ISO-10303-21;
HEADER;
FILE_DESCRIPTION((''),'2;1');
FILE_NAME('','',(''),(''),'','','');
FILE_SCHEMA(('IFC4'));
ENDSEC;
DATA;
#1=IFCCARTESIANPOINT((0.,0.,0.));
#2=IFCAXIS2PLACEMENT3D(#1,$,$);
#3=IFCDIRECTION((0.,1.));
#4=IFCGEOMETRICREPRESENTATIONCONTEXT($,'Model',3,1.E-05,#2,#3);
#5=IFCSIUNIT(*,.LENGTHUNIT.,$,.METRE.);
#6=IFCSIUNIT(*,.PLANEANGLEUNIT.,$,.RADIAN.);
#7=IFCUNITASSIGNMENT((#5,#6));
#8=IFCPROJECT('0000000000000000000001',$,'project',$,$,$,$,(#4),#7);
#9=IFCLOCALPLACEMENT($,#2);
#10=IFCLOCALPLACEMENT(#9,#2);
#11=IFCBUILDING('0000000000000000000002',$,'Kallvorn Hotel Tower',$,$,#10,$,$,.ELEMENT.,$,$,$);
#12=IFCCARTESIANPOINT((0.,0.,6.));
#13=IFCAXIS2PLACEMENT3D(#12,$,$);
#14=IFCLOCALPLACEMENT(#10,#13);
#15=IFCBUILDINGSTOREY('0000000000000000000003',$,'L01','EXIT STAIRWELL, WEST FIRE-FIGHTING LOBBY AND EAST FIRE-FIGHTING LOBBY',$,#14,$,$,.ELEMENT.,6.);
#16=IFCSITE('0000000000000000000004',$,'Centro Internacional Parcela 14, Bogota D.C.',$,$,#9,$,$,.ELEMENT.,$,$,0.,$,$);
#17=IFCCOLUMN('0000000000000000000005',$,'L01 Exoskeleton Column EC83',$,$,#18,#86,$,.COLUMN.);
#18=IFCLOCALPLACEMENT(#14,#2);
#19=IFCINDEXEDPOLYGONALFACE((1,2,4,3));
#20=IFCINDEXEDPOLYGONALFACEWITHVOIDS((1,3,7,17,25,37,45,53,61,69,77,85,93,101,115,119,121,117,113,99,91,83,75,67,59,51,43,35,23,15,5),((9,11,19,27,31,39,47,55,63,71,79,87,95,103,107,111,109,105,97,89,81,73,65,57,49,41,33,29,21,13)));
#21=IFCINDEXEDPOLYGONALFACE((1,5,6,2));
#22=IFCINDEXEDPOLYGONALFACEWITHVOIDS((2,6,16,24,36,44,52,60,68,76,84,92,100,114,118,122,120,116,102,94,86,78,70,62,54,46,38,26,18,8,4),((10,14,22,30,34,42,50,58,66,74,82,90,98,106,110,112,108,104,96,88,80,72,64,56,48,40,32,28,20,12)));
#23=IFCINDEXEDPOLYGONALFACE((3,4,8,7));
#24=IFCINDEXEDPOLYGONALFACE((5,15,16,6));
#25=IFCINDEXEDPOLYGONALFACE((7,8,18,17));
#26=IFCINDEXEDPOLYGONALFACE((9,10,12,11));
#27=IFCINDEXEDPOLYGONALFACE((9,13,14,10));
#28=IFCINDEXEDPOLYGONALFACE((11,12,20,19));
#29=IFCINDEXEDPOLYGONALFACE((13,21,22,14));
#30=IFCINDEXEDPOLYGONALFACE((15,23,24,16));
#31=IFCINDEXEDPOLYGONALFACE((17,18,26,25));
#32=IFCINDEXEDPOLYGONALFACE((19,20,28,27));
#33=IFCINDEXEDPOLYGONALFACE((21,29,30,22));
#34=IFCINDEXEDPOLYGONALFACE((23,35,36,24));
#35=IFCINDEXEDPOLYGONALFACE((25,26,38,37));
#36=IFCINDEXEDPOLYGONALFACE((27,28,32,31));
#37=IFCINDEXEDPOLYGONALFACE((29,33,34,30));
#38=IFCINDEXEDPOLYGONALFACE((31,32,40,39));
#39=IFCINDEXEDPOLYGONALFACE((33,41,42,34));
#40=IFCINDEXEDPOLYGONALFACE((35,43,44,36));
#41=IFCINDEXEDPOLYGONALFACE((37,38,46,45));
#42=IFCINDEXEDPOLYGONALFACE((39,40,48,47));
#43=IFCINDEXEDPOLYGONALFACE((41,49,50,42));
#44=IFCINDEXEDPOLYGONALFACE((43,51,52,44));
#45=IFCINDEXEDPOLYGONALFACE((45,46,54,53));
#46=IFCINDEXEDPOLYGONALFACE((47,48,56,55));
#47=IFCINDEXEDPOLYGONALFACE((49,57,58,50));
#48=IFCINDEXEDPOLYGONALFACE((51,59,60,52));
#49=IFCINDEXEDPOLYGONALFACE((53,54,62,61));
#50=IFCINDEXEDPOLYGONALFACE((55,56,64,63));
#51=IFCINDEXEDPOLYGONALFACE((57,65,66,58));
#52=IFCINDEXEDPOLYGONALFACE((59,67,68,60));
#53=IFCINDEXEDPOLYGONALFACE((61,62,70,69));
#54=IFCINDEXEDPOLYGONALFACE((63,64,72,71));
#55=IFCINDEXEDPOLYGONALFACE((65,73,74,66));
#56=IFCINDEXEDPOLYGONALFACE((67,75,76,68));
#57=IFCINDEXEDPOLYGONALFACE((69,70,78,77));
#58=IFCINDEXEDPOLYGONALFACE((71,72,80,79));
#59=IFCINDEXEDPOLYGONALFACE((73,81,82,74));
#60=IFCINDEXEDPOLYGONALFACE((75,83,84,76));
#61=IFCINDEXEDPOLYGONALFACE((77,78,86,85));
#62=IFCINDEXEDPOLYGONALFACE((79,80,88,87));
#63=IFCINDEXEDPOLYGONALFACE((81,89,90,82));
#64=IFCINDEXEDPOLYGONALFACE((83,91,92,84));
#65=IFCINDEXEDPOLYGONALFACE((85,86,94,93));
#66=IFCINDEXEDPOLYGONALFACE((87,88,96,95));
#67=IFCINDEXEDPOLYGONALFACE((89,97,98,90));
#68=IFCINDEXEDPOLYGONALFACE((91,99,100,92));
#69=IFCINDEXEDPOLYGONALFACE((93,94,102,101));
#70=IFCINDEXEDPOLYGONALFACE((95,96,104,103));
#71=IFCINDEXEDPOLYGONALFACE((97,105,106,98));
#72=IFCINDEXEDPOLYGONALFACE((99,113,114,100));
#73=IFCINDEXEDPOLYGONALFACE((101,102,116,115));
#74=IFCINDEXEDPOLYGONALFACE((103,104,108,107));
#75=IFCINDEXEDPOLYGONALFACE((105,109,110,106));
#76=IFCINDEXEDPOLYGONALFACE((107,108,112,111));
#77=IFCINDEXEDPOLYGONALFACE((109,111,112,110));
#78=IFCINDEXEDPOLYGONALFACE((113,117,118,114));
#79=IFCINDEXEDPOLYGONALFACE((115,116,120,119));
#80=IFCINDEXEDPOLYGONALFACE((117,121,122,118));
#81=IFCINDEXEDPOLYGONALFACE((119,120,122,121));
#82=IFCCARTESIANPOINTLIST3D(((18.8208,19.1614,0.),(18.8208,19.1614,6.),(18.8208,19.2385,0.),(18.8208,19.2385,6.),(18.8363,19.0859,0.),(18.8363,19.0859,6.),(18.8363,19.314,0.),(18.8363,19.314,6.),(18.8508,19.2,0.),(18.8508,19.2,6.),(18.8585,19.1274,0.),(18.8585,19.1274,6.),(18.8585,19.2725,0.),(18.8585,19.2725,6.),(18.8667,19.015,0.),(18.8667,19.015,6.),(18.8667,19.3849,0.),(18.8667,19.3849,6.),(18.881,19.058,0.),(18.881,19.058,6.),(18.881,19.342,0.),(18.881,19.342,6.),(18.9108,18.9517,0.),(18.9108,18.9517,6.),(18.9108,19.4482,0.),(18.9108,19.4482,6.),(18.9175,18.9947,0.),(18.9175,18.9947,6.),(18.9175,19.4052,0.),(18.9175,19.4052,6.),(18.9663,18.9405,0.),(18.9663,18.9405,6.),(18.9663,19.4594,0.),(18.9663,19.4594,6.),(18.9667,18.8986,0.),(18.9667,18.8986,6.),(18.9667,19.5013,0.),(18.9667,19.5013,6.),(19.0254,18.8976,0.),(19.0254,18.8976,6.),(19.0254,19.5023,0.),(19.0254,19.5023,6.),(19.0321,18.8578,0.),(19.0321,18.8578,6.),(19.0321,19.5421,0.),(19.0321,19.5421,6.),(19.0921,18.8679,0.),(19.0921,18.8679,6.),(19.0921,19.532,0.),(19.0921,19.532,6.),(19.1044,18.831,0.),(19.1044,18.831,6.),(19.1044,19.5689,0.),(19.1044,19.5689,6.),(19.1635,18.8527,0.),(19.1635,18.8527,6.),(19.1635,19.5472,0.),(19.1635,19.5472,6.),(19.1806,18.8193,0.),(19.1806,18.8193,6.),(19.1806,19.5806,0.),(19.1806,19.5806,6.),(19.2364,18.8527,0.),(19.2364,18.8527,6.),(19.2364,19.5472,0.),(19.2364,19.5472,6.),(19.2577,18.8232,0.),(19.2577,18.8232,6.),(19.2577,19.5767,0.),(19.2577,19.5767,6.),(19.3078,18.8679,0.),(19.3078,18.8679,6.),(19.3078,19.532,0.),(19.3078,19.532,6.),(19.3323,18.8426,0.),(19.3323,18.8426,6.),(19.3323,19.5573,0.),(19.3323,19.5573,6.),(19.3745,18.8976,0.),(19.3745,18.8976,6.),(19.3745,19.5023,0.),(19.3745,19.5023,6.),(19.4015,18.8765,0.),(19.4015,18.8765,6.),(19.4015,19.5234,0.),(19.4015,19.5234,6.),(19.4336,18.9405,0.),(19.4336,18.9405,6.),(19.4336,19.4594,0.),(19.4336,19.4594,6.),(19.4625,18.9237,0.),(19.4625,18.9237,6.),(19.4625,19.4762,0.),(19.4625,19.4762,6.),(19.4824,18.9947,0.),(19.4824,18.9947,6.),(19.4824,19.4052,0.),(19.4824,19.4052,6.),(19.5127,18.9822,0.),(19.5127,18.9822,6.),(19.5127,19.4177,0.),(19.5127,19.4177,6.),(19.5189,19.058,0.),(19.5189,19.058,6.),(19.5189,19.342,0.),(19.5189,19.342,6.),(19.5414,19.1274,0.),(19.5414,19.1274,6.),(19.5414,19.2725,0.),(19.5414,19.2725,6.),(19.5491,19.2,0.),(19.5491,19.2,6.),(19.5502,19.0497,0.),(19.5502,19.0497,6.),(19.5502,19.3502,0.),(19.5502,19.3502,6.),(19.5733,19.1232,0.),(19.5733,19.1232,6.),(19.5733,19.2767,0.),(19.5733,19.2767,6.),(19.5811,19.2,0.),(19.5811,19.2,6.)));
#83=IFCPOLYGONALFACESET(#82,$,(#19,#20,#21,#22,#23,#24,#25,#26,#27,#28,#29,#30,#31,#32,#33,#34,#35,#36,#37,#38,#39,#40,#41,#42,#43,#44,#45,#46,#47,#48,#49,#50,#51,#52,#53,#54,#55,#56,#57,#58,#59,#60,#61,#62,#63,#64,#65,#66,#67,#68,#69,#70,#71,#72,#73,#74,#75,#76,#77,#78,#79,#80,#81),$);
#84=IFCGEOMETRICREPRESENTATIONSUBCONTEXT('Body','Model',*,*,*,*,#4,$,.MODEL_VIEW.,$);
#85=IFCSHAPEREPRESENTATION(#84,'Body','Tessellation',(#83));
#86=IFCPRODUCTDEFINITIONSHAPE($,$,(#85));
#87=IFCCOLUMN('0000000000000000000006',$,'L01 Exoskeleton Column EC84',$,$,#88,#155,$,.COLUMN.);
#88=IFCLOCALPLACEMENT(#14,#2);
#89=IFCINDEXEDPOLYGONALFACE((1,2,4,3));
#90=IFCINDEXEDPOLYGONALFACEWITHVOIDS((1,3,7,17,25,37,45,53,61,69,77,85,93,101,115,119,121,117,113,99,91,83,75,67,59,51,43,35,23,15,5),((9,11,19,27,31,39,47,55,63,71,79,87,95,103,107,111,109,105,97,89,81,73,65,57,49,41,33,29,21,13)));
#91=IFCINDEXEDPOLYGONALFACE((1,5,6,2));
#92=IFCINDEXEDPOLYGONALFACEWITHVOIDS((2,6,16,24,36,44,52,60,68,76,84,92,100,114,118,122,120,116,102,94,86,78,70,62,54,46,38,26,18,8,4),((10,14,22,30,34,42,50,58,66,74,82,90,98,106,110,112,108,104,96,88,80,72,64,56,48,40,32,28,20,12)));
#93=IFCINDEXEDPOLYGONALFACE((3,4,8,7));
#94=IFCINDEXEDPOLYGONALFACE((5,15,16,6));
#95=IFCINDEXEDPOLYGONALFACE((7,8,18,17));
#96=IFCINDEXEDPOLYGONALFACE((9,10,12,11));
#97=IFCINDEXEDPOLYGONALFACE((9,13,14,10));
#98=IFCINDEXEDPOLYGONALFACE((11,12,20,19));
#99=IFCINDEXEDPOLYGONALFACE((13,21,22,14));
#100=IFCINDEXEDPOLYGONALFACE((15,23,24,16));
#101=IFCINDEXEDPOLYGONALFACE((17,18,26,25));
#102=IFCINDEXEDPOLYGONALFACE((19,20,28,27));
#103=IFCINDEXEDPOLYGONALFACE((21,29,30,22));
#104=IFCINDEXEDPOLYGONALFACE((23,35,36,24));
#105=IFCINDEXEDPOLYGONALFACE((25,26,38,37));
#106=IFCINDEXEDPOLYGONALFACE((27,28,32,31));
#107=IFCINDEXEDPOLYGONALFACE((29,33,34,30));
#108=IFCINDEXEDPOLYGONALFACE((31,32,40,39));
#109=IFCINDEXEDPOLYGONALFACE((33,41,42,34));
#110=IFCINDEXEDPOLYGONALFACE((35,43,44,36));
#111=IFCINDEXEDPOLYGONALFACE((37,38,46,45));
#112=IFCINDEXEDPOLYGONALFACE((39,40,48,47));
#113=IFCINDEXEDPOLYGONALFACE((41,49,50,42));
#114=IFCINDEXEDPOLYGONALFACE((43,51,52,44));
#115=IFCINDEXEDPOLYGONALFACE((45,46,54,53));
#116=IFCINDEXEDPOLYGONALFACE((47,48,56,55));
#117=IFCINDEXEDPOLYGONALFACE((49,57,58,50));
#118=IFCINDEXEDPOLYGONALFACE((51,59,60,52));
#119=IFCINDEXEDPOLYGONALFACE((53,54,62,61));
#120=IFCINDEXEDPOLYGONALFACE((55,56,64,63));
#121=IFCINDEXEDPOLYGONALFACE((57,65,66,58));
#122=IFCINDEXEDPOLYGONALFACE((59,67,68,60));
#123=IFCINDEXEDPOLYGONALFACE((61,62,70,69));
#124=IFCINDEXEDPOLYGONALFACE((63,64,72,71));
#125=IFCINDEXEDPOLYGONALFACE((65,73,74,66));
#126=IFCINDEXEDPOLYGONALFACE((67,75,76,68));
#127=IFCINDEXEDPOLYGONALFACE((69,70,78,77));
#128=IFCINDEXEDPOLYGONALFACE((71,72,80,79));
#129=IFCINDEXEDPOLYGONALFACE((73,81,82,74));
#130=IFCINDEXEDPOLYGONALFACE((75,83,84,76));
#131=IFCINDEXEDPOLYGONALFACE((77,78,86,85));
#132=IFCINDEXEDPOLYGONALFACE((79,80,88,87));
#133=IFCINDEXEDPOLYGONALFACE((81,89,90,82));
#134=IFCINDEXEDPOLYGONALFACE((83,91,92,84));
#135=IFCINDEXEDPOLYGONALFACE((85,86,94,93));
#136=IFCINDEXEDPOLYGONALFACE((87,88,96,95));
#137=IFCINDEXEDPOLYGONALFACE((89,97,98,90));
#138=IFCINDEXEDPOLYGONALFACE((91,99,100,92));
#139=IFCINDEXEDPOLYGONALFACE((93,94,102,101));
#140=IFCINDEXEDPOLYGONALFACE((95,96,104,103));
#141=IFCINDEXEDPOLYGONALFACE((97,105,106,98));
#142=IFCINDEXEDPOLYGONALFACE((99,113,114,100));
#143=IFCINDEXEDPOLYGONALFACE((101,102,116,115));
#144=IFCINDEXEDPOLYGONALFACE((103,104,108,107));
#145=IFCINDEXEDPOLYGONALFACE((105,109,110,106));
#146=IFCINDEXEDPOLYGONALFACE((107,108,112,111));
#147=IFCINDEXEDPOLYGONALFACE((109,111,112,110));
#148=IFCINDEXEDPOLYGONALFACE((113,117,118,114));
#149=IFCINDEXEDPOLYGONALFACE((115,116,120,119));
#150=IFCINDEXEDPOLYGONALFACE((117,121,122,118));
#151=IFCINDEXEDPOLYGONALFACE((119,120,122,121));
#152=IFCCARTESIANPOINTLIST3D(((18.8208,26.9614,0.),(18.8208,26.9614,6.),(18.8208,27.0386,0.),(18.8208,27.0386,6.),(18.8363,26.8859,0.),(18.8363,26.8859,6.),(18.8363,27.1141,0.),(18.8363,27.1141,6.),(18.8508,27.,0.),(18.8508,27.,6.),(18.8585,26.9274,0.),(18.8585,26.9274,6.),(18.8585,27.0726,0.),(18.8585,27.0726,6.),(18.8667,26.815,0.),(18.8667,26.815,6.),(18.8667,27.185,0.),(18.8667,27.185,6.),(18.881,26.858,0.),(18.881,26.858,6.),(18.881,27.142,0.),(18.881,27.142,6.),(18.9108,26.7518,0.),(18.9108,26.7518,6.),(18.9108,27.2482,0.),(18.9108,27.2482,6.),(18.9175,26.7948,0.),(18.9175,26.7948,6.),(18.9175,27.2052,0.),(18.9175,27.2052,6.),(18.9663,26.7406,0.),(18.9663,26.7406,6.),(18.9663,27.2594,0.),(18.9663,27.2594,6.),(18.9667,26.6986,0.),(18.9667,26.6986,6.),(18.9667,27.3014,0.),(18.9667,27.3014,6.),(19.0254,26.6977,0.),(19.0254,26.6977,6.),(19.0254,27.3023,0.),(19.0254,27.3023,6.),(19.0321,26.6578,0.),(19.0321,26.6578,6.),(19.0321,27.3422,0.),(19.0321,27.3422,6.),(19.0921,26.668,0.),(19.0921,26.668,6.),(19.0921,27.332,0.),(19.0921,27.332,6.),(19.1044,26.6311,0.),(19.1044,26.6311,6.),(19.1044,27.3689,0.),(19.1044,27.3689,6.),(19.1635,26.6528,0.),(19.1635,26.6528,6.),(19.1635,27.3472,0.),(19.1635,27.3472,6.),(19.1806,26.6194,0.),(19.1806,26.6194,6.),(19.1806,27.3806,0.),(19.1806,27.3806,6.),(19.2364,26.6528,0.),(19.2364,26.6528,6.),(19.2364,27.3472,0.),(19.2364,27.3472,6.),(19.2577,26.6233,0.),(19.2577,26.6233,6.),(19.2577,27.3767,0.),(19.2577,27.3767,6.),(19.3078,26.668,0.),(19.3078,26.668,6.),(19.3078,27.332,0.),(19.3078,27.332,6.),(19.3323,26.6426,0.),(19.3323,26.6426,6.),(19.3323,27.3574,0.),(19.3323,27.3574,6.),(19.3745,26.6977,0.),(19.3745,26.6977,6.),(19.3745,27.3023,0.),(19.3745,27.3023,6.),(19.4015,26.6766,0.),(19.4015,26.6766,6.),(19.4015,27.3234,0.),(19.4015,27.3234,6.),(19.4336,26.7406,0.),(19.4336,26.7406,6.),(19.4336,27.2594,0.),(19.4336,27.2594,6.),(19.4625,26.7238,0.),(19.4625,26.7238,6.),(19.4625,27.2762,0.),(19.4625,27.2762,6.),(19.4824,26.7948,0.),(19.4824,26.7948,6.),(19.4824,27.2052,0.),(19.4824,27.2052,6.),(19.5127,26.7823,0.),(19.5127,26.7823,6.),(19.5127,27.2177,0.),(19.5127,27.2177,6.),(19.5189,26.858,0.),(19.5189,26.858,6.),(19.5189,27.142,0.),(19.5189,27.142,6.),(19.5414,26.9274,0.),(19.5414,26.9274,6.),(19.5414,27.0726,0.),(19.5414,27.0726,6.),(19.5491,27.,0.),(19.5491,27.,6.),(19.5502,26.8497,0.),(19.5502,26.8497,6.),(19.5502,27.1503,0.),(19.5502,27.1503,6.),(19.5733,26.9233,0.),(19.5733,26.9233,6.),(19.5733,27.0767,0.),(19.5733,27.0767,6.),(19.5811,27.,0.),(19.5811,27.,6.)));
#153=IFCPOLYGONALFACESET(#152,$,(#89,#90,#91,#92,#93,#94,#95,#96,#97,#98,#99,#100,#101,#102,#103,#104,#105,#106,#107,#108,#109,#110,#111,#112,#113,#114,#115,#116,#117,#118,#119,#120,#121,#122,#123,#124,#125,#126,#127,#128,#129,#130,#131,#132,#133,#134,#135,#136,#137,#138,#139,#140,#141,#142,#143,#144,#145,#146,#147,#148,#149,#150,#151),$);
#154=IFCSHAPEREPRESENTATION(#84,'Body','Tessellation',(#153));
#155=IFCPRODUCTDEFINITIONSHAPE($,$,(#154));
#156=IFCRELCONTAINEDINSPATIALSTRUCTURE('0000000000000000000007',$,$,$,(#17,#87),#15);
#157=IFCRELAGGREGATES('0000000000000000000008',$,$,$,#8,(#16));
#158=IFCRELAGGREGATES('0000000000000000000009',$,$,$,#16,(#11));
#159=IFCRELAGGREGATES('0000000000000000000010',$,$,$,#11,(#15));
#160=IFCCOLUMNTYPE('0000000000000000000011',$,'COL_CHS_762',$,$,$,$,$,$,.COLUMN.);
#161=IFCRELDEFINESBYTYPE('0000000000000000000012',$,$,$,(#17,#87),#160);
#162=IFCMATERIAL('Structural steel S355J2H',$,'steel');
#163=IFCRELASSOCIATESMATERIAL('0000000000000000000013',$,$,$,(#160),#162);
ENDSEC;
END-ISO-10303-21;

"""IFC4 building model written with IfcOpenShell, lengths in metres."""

from ifc_helpers import new_model, si_unit, direction, frame, origin, origin_2d, place, context, subcontext, project, spatial, hollow_circle, extrude, material, material_profile, profile_set, type_object, element, save


model = new_model("IFC4")

# Units and contexts
model_context = context("Model", 3, precision=1e-05, world=origin(), true_north=direction((0.0, 1.0)))
body_context = subcontext(model_context, "Body", "Model", "MODEL_VIEW")
ifc_project = project(units=[si_unit("LENGTHUNIT", "METRE"), si_unit("PLANEANGLEUNIT", "RADIAN")], contexts=[model_context])

# Site, building, storey
site_placement = place(None, origin())
site = spatial("IfcSite", under=ifc_project, at=site_placement, Name="Centro Internacional Parcela 14, Bogota D.C.", CompositionType="ELEMENT", RefElevation=0.0)
building_placement = place(site_placement, origin())
building = spatial("IfcBuilding", under=site, at=building_placement, Name="Kallvorn Hotel Tower", CompositionType="ELEMENT")
storey_placement = place(building_placement, frame((0.0, 0.0, 6.0)))
storey = spatial("IfcBuildingStorey", under=building, at=storey_placement, Name="L01", Description="EXIT STAIRWELL, WEST FIRE-FIGHTING LOBBY AND EAST FIRE-FIGHTING LOBBY", CompositionType="ELEMENT", Elevation=6.0)

# Columns
ifc_material_1 = material(Name="Structural steel S355J2H", Category="steel")
ifc_material_profile_1 = material_profile(ifc_material_1, hollow_circle(Radius=0.3811, WallThickness=0.032, at=origin_2d()), Name="CHS 762x32")
ifc_profile_set_1 = profile_set([ifc_material_profile_1], Name="Structural steel S355J2H")
column_type_1 = type_object("IfcColumnType", Name="COL_CHS_762", PredefinedType="COLUMN", material=ifc_profile_set_1)
for number, where, z_axis, x_axis, name in (
    (1, (19.2, 19.2, 0.0), (0.0, 0.0, 1.0), (1.0, 0.0, 0.0), "L01 Exoskeleton Column EC83"),
    (2, (19.2, 27.0, 0.0), (0.0, 0.0, 1.0), (1.0, 0.0, 0.0), "L01 Exoskeleton Column EC84"),
):
    element("IfcColumn", number, at=place(storey_placement, frame(where, z_axis=z_axis, x_axis=x_axis)), inside=storey, type_object=column_type_1, Name=name, PredefinedType="COLUMN", context=body_context, shape_type="SweptSolid", body=[
        extrude(hollow_circle(Radius=0.3811, WallThickness=0.032, at=origin_2d()), origin(), (0.0, 0.0, 1.0), 6.0),
    ])

save(model, "model.ifc")
